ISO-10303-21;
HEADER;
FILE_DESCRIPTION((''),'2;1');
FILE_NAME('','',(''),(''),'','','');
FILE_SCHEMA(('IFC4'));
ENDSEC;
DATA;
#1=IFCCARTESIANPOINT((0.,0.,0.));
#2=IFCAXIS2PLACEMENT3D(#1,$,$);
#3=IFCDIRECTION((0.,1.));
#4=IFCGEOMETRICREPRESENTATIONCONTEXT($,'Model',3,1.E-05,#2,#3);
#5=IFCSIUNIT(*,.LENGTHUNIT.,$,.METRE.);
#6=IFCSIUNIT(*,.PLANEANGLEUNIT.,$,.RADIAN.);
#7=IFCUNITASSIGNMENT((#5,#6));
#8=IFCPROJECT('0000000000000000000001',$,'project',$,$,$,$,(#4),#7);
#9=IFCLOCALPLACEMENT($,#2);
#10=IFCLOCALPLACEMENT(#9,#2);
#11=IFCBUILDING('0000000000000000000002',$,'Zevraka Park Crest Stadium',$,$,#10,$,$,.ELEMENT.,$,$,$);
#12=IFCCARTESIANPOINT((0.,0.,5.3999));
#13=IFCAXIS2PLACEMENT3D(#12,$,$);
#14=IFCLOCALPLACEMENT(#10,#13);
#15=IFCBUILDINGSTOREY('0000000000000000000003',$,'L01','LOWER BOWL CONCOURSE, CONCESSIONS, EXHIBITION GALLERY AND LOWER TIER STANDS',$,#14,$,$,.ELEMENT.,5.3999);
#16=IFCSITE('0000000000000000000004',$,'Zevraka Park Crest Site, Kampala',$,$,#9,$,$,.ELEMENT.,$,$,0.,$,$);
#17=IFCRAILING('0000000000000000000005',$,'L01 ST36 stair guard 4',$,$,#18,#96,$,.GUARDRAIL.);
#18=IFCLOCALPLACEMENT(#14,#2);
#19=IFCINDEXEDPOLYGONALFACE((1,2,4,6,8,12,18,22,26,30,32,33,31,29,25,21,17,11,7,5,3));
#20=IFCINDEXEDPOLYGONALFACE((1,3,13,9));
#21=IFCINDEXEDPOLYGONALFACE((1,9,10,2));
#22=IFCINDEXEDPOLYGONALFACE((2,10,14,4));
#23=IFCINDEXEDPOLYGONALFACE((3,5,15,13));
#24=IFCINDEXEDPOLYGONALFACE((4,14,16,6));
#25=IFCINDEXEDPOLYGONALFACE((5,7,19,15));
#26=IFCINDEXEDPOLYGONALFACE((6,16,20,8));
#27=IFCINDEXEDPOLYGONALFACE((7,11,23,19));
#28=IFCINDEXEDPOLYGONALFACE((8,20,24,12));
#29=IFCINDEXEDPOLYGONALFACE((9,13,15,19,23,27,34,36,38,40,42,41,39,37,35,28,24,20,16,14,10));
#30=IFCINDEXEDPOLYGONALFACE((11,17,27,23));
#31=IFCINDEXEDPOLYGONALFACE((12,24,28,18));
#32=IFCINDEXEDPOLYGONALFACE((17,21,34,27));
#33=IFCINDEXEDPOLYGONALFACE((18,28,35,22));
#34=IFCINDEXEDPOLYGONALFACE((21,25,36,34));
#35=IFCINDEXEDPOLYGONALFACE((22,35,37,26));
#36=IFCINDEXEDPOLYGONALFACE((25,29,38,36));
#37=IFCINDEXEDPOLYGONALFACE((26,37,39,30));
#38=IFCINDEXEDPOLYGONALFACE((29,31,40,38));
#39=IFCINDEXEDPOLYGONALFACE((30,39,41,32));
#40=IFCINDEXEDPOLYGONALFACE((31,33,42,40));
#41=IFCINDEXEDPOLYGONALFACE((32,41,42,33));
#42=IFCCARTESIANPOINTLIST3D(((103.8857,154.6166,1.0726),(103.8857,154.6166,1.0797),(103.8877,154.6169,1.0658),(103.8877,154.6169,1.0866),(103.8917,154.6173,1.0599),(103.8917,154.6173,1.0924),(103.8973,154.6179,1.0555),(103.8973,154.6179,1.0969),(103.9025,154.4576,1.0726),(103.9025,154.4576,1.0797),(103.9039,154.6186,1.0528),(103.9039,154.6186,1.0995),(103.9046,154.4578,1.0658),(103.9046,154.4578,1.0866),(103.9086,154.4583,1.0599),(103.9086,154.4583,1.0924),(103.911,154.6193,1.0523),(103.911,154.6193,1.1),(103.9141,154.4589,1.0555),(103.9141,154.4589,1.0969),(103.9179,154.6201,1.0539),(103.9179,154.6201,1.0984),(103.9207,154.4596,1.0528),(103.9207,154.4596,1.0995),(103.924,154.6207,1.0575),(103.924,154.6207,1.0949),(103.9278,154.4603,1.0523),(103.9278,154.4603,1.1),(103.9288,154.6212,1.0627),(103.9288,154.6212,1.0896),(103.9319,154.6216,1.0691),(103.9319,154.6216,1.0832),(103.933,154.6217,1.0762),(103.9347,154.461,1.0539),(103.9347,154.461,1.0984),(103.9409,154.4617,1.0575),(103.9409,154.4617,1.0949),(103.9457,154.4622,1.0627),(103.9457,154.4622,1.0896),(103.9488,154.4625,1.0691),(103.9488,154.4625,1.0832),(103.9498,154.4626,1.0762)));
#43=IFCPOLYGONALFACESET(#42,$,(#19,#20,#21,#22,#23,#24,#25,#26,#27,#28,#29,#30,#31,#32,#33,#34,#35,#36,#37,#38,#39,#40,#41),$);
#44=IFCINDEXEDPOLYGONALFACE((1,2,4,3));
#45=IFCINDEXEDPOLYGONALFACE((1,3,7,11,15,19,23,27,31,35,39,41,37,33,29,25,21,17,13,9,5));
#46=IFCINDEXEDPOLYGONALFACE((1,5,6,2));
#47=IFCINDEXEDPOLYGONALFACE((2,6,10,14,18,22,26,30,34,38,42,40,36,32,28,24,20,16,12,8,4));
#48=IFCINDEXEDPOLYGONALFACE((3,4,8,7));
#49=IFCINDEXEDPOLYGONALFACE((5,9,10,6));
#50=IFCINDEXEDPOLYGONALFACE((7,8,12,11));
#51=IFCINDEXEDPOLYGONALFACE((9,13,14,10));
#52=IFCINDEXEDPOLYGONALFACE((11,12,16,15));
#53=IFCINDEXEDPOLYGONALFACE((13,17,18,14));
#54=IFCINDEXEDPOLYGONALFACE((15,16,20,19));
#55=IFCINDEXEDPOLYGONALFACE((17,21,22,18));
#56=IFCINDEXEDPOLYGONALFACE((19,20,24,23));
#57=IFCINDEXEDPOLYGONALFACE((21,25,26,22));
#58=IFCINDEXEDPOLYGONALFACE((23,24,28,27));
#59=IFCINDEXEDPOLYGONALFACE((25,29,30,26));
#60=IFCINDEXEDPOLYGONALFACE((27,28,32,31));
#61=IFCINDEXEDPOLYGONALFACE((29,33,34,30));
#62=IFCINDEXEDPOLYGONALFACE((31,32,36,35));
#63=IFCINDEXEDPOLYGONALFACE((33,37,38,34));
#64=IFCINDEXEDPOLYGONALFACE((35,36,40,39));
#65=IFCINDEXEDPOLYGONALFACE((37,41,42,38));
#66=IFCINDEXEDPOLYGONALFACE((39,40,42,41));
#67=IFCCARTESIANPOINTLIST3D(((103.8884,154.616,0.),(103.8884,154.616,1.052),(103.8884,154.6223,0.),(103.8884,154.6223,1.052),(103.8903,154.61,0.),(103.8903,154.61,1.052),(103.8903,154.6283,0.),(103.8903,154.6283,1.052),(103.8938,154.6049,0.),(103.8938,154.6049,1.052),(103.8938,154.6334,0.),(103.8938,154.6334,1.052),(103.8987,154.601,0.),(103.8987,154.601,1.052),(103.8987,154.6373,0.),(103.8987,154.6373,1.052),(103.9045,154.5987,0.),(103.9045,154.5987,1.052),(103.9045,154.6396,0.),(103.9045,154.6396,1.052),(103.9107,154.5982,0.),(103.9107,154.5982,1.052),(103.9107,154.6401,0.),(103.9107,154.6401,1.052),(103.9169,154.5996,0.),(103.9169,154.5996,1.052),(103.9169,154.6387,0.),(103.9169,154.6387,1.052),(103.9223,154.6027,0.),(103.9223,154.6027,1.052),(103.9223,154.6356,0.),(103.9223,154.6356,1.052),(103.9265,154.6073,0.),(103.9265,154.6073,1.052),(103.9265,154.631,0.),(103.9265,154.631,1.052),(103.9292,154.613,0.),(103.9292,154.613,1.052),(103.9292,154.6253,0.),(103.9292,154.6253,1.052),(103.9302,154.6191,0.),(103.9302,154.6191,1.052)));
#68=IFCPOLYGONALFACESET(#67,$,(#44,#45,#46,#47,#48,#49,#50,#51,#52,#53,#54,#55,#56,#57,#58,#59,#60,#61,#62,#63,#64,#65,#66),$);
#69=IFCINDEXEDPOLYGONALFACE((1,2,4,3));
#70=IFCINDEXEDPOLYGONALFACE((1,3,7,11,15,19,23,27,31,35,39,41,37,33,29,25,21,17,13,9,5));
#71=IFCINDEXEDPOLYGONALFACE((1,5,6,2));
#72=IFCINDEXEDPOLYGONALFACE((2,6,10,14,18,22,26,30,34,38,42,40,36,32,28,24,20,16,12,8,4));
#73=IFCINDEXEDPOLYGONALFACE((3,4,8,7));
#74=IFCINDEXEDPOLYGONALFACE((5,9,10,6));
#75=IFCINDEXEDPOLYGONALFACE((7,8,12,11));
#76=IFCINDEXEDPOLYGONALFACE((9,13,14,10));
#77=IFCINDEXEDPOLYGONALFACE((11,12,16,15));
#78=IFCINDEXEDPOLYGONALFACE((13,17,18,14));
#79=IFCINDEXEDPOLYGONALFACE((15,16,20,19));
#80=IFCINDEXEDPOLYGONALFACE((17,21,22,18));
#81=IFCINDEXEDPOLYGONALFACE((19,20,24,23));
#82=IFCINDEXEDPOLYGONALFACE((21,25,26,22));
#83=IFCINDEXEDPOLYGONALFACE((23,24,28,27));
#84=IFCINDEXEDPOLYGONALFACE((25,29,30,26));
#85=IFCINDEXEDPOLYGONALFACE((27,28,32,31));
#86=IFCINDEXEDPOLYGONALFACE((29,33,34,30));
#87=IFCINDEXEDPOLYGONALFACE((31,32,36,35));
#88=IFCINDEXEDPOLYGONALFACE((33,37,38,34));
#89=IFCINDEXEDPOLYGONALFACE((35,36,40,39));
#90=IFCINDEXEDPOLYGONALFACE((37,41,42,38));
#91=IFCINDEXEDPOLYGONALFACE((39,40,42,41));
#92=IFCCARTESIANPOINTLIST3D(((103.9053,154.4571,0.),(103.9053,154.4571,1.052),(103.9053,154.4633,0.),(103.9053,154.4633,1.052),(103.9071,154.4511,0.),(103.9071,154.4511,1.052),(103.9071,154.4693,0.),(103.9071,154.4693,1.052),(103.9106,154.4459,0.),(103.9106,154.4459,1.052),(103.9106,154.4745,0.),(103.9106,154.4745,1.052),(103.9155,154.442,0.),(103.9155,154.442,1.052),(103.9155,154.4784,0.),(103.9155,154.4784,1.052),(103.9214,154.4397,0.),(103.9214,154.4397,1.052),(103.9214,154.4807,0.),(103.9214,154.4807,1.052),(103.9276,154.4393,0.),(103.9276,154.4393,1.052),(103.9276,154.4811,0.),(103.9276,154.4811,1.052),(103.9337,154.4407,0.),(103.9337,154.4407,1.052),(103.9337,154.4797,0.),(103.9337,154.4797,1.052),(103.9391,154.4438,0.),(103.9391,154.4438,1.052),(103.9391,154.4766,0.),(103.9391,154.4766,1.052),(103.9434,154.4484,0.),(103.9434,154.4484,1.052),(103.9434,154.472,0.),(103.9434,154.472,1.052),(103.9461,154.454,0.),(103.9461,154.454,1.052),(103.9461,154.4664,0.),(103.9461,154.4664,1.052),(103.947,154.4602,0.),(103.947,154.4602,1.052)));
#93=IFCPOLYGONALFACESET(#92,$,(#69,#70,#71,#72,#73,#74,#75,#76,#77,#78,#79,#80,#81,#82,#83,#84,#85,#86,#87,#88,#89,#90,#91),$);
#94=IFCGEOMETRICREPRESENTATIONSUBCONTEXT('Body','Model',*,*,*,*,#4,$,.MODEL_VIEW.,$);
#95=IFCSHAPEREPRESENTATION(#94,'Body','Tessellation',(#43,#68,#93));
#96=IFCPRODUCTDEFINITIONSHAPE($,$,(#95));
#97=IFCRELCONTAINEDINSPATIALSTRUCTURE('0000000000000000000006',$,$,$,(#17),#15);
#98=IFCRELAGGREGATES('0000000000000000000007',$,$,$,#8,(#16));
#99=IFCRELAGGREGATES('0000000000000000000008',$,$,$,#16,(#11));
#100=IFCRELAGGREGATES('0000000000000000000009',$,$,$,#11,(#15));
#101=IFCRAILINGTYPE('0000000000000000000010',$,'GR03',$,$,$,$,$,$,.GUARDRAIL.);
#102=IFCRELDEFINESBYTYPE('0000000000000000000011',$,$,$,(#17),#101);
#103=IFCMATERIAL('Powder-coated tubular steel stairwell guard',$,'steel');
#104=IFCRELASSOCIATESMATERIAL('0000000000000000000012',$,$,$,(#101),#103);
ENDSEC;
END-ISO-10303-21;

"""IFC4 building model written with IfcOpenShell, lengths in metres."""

from ifc_helpers import new_model, si_unit, direction, frame, origin, origin_2d, place, context, subcontext, project, spatial, circle, extrude, material, type_object, element, save


model = new_model("IFC4")

# Units and contexts
model_context = context("Model", 3, precision=1e-05, world=origin(), true_north=direction((0.0, 1.0)))
body_context = subcontext(model_context, "Body", "Model", "MODEL_VIEW")
ifc_project = project(units=[si_unit("LENGTHUNIT", "METRE"), si_unit("PLANEANGLEUNIT", "RADIAN")], contexts=[model_context])

# Site, building, storey
site_placement = place(None, origin())
site = spatial("IfcSite", under=ifc_project, at=site_placement, Name="Zevraka Park Crest Site, Kampala", CompositionType="ELEMENT", RefElevation=0.0)
building_placement = place(site_placement, origin())
building = spatial("IfcBuilding", under=site, at=building_placement, Name="Zevraka Park Crest Stadium", CompositionType="ELEMENT")
storey_placement = place(building_placement, frame((0.0, 0.0, 5.3999)))
storey = spatial("IfcBuildingStorey", under=building, at=storey_placement, Name="L01", Description="LOWER BOWL CONCOURSE, CONCESSIONS, EXHIBITION GALLERY AND LOWER TIER STANDS", CompositionType="ELEMENT", Elevation=5.3999)

# Railing
ifc_material_1 = material(Name="Powder-coated tubular steel stairwell guard", Category="steel")
railing_type_1 = type_object("IfcRailingType", Name="GR03", PredefinedType="GUARDRAIL", material=ifc_material_1)
railing_1_placement = place(storey_placement, frame((103.9092, 154.6191, 0.0)))
element("IfcRailing", 1, at=railing_1_placement, inside=storey, type_object=railing_type_1, Name="L01 ST36 stair guard 4", PredefinedType="GUARDRAIL", context=body_context, shape_type="SweptSolid", body=[
    extrude(circle(Radius=0.0239, at=origin_2d()), frame((0.0, 0.0, 1.0762), z_axis=(0.1054, -0.99443, 0.0), x_axis=(0.99443, 0.1054, 0.0)), (0.0, 0.0, 1.0), 0.1599),
    extrude(circle(Radius=0.021, at=origin_2d()), origin(), (0.0, 0.0, 1.0), 1.052),
    extrude(circle(Radius=0.021, at=origin_2d()), frame((0.0168, -0.1589, 0.0)), (0.0, 0.0, 1.0), 1.052),
])

save(model, "model.ifc")
